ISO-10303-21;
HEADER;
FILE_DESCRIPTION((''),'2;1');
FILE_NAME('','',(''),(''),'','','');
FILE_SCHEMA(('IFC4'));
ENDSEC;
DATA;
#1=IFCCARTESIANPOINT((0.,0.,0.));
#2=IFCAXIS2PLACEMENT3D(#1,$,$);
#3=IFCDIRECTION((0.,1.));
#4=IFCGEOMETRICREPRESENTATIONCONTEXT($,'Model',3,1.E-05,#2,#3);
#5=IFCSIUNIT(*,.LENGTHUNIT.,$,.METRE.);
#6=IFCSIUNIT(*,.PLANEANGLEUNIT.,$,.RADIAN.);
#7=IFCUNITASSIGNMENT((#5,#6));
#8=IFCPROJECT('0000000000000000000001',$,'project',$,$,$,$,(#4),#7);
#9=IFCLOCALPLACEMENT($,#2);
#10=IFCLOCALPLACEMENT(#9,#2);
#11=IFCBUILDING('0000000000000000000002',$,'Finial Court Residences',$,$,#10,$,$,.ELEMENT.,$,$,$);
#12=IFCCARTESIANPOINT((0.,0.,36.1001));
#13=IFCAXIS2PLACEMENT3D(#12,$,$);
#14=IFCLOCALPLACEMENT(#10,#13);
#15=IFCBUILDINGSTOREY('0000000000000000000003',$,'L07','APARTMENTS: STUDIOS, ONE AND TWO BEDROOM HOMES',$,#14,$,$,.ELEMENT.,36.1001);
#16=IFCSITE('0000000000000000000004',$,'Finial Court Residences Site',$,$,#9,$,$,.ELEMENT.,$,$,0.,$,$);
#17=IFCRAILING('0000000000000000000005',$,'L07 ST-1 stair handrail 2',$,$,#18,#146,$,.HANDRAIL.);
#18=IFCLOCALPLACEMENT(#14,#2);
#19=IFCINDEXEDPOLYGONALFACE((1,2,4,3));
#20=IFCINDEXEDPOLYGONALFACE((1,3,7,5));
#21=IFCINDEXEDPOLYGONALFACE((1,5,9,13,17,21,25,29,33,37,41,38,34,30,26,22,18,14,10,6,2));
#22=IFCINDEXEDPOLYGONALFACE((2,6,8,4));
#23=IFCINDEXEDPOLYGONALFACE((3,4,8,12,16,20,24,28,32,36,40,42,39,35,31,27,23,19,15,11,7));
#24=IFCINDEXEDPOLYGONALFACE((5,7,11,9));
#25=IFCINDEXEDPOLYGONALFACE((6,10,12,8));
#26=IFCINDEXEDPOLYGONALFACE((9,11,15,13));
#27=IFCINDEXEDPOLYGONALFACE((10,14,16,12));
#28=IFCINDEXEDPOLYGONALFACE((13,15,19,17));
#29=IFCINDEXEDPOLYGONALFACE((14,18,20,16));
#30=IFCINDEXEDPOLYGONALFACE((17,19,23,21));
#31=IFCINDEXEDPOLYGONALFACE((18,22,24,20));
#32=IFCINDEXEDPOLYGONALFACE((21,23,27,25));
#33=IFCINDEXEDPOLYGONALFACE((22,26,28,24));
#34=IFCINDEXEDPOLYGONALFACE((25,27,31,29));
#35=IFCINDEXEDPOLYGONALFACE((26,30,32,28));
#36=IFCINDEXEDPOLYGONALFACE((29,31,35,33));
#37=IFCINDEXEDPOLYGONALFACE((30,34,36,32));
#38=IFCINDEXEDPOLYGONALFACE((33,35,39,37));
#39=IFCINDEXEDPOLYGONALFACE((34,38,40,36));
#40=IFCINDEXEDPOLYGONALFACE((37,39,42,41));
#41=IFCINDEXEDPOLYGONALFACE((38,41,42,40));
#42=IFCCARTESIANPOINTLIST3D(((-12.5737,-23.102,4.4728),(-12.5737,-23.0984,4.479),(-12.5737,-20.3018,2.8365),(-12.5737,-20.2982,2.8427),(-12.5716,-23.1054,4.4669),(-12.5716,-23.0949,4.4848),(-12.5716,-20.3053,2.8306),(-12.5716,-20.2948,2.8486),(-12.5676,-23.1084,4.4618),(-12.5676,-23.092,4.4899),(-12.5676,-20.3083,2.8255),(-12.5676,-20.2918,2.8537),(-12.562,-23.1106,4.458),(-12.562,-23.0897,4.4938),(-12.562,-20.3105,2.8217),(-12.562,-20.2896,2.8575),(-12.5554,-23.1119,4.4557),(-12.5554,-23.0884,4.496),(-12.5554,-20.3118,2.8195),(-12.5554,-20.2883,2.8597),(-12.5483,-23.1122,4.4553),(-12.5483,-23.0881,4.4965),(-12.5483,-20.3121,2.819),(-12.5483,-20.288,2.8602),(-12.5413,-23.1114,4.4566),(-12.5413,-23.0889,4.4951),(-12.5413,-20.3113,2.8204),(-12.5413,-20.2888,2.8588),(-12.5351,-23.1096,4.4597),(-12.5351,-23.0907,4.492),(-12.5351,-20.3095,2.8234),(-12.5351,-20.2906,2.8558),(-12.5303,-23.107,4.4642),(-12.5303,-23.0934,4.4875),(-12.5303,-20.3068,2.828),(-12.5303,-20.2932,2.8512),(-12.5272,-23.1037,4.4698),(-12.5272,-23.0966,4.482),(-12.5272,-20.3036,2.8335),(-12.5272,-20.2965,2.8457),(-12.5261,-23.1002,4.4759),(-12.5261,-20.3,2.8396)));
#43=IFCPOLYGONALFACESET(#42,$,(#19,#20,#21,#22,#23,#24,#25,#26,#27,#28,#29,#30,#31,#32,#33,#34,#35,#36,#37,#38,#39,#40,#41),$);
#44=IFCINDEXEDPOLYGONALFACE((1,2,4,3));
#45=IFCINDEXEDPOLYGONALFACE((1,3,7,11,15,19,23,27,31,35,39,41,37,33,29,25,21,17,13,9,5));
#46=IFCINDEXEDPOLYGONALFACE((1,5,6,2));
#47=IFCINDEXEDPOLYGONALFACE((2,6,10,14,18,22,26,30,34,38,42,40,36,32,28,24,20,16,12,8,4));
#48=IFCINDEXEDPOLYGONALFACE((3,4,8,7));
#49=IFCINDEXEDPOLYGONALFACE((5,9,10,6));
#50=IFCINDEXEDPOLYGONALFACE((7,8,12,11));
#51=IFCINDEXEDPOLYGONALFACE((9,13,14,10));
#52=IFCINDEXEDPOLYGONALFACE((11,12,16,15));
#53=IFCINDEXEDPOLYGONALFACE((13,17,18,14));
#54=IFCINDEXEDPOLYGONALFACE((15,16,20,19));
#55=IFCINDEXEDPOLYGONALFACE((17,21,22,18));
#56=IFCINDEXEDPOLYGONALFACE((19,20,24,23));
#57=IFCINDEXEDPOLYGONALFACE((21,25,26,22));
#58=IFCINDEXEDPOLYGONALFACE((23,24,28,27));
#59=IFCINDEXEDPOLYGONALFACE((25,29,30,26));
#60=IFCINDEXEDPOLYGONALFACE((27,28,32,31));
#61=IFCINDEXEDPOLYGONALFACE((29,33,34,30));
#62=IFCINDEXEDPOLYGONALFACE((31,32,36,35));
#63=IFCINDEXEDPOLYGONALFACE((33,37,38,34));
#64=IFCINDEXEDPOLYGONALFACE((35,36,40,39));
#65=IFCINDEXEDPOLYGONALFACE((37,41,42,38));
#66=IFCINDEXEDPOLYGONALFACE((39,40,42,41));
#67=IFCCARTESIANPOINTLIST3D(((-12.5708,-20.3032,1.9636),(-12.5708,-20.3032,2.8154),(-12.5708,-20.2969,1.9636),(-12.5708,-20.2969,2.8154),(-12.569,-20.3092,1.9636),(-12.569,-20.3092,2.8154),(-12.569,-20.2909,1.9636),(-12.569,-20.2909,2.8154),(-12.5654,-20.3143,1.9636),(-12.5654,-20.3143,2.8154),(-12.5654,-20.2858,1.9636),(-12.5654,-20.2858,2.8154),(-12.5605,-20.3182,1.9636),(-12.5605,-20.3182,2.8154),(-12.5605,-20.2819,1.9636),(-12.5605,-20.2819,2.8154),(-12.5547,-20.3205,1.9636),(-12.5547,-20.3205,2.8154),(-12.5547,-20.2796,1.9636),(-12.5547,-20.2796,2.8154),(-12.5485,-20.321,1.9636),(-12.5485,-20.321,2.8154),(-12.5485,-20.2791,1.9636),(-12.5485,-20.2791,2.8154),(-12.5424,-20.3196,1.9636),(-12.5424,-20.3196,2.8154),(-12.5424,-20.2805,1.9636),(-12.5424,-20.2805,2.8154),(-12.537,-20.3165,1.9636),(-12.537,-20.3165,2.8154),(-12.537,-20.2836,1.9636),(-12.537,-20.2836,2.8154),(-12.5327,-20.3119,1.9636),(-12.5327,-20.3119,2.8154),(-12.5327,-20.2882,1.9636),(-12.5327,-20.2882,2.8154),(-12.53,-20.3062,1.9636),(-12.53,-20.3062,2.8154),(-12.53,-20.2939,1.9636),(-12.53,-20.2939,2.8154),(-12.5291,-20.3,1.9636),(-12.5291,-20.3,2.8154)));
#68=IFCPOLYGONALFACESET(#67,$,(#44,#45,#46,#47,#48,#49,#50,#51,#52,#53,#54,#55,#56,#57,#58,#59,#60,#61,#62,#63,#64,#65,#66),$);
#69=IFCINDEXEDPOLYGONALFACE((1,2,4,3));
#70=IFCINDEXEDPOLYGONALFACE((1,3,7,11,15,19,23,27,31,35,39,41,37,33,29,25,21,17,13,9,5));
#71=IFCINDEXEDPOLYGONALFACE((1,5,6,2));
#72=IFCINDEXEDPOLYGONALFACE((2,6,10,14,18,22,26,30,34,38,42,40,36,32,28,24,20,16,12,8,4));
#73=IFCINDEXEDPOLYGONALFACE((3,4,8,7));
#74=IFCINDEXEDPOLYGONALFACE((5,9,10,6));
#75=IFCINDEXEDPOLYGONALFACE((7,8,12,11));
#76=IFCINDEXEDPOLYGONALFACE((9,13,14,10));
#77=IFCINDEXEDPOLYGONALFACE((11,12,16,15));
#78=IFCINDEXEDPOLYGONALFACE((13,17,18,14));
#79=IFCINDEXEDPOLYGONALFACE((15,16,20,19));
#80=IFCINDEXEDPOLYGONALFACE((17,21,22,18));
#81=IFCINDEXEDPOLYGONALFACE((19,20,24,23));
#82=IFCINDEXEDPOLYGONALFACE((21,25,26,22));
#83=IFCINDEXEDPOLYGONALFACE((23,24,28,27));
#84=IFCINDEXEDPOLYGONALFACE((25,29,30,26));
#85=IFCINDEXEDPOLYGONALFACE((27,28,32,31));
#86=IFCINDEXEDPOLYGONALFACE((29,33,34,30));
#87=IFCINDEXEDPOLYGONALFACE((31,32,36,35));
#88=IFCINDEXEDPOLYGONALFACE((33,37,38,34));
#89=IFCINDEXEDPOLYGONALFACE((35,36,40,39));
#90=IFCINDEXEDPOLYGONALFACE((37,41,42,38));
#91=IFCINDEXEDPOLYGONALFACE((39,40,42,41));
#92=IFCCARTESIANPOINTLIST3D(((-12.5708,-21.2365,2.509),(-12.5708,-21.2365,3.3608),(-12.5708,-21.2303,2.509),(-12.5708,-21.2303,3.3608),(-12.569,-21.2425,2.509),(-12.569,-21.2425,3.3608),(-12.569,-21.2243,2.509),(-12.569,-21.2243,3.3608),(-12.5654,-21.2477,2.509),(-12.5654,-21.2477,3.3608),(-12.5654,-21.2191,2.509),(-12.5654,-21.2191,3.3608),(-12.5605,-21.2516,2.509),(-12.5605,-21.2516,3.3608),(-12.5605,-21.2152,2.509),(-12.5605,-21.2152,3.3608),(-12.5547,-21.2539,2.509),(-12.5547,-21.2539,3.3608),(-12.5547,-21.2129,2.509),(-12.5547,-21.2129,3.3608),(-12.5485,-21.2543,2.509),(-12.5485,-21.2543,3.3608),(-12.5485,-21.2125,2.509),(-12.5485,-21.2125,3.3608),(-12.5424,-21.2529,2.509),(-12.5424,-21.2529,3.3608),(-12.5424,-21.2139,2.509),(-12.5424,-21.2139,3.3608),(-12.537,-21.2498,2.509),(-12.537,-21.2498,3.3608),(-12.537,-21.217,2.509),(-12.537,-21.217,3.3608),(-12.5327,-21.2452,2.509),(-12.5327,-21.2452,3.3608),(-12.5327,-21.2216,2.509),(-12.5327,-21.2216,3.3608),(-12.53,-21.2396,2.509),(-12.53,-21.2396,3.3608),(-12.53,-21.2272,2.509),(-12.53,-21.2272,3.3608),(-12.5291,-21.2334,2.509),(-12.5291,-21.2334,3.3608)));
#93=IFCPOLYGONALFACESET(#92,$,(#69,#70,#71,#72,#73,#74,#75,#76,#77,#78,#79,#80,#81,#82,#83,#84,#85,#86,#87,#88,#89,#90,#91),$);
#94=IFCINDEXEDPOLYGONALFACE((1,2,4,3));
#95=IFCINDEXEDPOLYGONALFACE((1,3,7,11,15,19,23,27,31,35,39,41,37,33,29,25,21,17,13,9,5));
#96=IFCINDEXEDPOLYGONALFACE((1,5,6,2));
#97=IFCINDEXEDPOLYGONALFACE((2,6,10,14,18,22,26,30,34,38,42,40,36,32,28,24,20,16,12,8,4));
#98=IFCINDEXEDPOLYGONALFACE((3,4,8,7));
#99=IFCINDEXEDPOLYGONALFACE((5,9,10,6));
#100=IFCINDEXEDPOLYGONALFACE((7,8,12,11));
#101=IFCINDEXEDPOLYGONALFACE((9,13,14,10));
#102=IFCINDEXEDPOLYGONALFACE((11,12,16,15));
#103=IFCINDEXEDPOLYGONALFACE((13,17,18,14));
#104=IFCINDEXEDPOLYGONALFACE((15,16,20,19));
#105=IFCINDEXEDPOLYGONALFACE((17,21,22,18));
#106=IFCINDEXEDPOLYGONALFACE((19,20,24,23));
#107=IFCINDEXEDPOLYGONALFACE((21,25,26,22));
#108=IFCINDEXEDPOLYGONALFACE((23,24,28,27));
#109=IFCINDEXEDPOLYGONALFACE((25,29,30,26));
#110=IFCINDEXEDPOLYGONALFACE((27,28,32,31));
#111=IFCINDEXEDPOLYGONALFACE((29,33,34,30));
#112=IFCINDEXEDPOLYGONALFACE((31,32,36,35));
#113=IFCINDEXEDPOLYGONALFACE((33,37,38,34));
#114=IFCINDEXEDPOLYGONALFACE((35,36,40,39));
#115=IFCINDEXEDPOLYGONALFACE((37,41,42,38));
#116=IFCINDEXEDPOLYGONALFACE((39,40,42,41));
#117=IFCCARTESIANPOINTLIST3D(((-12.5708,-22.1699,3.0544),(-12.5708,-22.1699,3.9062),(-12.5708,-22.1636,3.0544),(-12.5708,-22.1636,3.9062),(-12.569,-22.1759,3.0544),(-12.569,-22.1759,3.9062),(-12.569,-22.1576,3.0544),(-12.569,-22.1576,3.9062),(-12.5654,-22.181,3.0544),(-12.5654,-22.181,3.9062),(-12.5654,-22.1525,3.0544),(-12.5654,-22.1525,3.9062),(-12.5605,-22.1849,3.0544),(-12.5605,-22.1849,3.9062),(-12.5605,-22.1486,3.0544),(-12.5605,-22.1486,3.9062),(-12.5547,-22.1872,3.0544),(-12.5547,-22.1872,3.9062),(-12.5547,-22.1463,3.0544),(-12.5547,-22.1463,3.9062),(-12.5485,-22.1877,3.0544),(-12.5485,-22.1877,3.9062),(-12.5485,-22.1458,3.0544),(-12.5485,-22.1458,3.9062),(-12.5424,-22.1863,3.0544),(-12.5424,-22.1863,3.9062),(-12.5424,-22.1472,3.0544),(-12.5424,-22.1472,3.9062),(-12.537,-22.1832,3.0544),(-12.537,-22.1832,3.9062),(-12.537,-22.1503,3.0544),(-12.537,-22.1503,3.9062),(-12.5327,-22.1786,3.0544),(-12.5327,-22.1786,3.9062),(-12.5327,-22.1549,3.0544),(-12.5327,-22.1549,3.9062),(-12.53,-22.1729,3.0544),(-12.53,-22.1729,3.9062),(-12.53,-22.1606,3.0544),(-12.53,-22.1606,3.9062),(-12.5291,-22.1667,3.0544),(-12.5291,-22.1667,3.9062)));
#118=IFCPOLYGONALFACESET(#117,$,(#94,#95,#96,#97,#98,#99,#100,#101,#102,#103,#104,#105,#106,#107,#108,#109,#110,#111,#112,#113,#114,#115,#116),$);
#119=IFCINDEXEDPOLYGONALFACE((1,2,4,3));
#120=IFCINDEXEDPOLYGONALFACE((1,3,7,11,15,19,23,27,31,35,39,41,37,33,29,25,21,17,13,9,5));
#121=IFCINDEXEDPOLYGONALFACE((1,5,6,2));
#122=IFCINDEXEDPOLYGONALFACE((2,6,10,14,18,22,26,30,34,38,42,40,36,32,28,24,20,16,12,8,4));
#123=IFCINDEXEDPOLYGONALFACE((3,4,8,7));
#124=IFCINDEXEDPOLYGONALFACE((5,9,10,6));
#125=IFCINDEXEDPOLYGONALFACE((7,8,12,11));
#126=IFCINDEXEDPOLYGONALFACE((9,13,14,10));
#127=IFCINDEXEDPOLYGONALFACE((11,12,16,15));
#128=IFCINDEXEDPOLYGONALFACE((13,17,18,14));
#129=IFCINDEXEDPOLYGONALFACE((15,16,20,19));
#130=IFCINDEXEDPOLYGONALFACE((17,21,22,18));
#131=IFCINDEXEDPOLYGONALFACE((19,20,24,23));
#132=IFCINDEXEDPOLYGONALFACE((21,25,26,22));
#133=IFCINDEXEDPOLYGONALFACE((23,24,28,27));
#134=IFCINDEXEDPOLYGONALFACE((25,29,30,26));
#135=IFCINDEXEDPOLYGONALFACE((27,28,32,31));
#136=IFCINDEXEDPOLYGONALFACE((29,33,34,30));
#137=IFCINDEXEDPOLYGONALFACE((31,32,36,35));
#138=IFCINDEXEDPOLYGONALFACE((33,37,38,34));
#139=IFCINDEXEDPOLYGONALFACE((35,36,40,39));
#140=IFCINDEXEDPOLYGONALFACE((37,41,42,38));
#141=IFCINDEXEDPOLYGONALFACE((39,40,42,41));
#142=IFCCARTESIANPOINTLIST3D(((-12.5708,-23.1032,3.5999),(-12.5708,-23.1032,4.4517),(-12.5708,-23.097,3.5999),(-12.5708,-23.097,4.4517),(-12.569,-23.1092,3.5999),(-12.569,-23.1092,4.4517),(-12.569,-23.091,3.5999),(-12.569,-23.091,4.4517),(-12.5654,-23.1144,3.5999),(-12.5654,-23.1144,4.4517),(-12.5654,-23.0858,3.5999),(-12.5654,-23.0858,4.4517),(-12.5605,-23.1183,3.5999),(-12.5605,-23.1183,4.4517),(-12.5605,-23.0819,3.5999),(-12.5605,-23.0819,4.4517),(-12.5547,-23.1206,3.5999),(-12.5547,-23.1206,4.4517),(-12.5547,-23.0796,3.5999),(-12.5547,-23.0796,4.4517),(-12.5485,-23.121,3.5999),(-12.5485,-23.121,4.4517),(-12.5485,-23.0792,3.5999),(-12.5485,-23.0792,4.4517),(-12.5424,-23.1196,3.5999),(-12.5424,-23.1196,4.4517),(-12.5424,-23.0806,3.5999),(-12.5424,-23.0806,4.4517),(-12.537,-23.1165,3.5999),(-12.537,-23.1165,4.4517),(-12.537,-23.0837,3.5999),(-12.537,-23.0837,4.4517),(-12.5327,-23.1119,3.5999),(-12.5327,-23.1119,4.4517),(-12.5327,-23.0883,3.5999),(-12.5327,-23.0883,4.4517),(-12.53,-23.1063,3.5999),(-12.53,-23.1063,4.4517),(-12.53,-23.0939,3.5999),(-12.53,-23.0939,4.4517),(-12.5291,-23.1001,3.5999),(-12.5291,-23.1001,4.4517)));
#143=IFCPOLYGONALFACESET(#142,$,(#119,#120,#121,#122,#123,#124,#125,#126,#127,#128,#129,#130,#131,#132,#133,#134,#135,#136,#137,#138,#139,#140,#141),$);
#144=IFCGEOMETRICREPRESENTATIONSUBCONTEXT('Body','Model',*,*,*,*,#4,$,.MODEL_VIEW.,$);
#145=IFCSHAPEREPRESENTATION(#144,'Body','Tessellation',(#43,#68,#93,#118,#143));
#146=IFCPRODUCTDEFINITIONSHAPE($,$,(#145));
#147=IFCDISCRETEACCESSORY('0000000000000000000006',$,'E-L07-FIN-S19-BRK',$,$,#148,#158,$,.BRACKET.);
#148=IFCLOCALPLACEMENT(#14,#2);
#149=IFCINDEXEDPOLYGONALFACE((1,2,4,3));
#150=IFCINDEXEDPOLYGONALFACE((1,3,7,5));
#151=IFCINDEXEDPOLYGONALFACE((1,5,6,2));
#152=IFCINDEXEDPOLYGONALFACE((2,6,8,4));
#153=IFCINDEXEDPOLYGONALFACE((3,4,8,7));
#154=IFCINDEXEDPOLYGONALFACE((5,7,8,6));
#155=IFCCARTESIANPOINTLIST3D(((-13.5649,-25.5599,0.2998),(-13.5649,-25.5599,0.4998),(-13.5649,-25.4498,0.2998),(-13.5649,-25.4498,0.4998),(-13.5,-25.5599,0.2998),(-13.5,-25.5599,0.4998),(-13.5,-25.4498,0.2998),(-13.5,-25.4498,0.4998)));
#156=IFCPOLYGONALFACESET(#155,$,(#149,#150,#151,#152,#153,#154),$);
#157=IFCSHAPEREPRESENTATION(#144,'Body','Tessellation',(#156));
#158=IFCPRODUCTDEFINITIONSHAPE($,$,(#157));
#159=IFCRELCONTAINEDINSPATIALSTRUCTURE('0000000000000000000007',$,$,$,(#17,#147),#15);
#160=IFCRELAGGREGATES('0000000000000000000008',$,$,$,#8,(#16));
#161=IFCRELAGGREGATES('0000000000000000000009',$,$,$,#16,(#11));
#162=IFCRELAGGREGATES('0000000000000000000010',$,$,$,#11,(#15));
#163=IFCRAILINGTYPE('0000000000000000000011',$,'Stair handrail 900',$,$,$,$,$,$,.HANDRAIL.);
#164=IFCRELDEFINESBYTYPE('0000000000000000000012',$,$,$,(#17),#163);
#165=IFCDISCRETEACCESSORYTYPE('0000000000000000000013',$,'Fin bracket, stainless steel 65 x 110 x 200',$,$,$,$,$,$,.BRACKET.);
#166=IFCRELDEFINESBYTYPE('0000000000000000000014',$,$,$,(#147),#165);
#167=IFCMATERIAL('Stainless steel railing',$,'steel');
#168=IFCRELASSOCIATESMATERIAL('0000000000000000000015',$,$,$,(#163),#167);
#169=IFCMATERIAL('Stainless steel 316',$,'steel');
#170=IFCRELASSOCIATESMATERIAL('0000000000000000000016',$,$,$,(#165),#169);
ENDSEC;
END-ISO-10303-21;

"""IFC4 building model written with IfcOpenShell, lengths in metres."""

from ifc_helpers import new_model, si_unit, direction, frame, origin, origin_2d, place, context, subcontext, project, spatial, rectangle, circle, extrude, material, type_object, element, save


model = new_model("IFC4")

# Units and contexts
model_context = context("Model", 3, precision=1e-05, world=origin(), true_north=direction((0.0, 1.0)))
body_context = subcontext(model_context, "Body", "Model", "MODEL_VIEW")
ifc_project = project(units=[si_unit("LENGTHUNIT", "METRE"), si_unit("PLANEANGLEUNIT", "RADIAN")], contexts=[model_context])

# Site, building, storey
site_placement = place(None, origin())
site = spatial("IfcSite", under=ifc_project, at=site_placement, Name="Finial Court Residences Site", CompositionType="ELEMENT", RefElevation=0.0)
building_placement = place(site_placement, origin())
building = spatial("IfcBuilding", under=site, at=building_placement, Name="Finial Court Residences", CompositionType="ELEMENT")
storey_placement = place(building_placement, frame((0.0, 0.0, 36.1001)))
storey = spatial("IfcBuildingStorey", under=building, at=storey_placement, Name="L07", Description="APARTMENTS: STUDIOS, ONE AND TWO BEDROOM HOMES", CompositionType="ELEMENT", Elevation=36.1001)

# Railing
ifc_material_1 = material(Name="Stainless steel railing", Category="steel")
railing_type_1 = type_object("IfcRailingType", Name="Stair handrail 900", PredefinedType="HANDRAIL", material=ifc_material_1)
railing_1_placement = place(storey_placement, frame((-12.55, -20.3, 1.9636)))
element("IfcRailing", 1, at=railing_1_placement, inside=storey, type_object=railing_type_1, Name="L07 ST-1 stair handrail 2", PredefinedType="HANDRAIL", context=body_context, shape_type="SweptSolid", body=[
    extrude(circle(Radius=0.0239, at=origin_2d()), frame((0.0, 0.0, 0.876), z_axis=(0.0, -0.863394, 0.504531), x_axis=(1.0, 0.0, 0.0)), (0.0, 0.0, 1.0), 3.2432),
    extrude(circle(Radius=0.021, at=origin_2d()), origin(), (0.0, 0.0, 1.0), 0.8518),
    extrude(circle(Radius=0.021, at=origin_2d()), frame((0.0, -0.9333, 0.5454)), (0.0, 0.0, 1.0), 0.8518),
    extrude(circle(Radius=0.021, at=origin_2d()), frame((0.0, -1.8667, 1.0908)), (0.0, 0.0, 1.0), 0.8518),
    extrude(circle(Radius=0.021, at=origin_2d()), frame((0.0, -2.8, 1.6362)), (0.0, 0.0, 1.0), 0.8518),
])

# Discrete accessory
ifc_material_2 = material(Name="Stainless steel 316", Category="steel")
discrete_accessory_type = type_object("IfcDiscreteAccessoryType", Name="Fin bracket, stainless steel 65 x 110 x 200", PredefinedType="BRACKET", material=ifc_material_2)
discrete_accessory_placement = place(storey_placement, frame((-13.5325, -25.5049, 0.2998), z_axis=(0.0, 0.0, 1.0), x_axis=(1.0, 0.0, 0.0)))
element("IfcDiscreteAccessory", 2, at=discrete_accessory_placement, inside=storey, type_object=discrete_accessory_type, Name="E-L07-FIN-S19-BRK", PredefinedType="BRACKET", context=body_context, shape_type="SweptSolid", body=[
    extrude(rectangle(XDim=0.0649, YDim=0.1101, at=origin_2d()), origin(), (0.0, 0.0, 1.0), 0.2),
])

save(model, "model.ifc")
